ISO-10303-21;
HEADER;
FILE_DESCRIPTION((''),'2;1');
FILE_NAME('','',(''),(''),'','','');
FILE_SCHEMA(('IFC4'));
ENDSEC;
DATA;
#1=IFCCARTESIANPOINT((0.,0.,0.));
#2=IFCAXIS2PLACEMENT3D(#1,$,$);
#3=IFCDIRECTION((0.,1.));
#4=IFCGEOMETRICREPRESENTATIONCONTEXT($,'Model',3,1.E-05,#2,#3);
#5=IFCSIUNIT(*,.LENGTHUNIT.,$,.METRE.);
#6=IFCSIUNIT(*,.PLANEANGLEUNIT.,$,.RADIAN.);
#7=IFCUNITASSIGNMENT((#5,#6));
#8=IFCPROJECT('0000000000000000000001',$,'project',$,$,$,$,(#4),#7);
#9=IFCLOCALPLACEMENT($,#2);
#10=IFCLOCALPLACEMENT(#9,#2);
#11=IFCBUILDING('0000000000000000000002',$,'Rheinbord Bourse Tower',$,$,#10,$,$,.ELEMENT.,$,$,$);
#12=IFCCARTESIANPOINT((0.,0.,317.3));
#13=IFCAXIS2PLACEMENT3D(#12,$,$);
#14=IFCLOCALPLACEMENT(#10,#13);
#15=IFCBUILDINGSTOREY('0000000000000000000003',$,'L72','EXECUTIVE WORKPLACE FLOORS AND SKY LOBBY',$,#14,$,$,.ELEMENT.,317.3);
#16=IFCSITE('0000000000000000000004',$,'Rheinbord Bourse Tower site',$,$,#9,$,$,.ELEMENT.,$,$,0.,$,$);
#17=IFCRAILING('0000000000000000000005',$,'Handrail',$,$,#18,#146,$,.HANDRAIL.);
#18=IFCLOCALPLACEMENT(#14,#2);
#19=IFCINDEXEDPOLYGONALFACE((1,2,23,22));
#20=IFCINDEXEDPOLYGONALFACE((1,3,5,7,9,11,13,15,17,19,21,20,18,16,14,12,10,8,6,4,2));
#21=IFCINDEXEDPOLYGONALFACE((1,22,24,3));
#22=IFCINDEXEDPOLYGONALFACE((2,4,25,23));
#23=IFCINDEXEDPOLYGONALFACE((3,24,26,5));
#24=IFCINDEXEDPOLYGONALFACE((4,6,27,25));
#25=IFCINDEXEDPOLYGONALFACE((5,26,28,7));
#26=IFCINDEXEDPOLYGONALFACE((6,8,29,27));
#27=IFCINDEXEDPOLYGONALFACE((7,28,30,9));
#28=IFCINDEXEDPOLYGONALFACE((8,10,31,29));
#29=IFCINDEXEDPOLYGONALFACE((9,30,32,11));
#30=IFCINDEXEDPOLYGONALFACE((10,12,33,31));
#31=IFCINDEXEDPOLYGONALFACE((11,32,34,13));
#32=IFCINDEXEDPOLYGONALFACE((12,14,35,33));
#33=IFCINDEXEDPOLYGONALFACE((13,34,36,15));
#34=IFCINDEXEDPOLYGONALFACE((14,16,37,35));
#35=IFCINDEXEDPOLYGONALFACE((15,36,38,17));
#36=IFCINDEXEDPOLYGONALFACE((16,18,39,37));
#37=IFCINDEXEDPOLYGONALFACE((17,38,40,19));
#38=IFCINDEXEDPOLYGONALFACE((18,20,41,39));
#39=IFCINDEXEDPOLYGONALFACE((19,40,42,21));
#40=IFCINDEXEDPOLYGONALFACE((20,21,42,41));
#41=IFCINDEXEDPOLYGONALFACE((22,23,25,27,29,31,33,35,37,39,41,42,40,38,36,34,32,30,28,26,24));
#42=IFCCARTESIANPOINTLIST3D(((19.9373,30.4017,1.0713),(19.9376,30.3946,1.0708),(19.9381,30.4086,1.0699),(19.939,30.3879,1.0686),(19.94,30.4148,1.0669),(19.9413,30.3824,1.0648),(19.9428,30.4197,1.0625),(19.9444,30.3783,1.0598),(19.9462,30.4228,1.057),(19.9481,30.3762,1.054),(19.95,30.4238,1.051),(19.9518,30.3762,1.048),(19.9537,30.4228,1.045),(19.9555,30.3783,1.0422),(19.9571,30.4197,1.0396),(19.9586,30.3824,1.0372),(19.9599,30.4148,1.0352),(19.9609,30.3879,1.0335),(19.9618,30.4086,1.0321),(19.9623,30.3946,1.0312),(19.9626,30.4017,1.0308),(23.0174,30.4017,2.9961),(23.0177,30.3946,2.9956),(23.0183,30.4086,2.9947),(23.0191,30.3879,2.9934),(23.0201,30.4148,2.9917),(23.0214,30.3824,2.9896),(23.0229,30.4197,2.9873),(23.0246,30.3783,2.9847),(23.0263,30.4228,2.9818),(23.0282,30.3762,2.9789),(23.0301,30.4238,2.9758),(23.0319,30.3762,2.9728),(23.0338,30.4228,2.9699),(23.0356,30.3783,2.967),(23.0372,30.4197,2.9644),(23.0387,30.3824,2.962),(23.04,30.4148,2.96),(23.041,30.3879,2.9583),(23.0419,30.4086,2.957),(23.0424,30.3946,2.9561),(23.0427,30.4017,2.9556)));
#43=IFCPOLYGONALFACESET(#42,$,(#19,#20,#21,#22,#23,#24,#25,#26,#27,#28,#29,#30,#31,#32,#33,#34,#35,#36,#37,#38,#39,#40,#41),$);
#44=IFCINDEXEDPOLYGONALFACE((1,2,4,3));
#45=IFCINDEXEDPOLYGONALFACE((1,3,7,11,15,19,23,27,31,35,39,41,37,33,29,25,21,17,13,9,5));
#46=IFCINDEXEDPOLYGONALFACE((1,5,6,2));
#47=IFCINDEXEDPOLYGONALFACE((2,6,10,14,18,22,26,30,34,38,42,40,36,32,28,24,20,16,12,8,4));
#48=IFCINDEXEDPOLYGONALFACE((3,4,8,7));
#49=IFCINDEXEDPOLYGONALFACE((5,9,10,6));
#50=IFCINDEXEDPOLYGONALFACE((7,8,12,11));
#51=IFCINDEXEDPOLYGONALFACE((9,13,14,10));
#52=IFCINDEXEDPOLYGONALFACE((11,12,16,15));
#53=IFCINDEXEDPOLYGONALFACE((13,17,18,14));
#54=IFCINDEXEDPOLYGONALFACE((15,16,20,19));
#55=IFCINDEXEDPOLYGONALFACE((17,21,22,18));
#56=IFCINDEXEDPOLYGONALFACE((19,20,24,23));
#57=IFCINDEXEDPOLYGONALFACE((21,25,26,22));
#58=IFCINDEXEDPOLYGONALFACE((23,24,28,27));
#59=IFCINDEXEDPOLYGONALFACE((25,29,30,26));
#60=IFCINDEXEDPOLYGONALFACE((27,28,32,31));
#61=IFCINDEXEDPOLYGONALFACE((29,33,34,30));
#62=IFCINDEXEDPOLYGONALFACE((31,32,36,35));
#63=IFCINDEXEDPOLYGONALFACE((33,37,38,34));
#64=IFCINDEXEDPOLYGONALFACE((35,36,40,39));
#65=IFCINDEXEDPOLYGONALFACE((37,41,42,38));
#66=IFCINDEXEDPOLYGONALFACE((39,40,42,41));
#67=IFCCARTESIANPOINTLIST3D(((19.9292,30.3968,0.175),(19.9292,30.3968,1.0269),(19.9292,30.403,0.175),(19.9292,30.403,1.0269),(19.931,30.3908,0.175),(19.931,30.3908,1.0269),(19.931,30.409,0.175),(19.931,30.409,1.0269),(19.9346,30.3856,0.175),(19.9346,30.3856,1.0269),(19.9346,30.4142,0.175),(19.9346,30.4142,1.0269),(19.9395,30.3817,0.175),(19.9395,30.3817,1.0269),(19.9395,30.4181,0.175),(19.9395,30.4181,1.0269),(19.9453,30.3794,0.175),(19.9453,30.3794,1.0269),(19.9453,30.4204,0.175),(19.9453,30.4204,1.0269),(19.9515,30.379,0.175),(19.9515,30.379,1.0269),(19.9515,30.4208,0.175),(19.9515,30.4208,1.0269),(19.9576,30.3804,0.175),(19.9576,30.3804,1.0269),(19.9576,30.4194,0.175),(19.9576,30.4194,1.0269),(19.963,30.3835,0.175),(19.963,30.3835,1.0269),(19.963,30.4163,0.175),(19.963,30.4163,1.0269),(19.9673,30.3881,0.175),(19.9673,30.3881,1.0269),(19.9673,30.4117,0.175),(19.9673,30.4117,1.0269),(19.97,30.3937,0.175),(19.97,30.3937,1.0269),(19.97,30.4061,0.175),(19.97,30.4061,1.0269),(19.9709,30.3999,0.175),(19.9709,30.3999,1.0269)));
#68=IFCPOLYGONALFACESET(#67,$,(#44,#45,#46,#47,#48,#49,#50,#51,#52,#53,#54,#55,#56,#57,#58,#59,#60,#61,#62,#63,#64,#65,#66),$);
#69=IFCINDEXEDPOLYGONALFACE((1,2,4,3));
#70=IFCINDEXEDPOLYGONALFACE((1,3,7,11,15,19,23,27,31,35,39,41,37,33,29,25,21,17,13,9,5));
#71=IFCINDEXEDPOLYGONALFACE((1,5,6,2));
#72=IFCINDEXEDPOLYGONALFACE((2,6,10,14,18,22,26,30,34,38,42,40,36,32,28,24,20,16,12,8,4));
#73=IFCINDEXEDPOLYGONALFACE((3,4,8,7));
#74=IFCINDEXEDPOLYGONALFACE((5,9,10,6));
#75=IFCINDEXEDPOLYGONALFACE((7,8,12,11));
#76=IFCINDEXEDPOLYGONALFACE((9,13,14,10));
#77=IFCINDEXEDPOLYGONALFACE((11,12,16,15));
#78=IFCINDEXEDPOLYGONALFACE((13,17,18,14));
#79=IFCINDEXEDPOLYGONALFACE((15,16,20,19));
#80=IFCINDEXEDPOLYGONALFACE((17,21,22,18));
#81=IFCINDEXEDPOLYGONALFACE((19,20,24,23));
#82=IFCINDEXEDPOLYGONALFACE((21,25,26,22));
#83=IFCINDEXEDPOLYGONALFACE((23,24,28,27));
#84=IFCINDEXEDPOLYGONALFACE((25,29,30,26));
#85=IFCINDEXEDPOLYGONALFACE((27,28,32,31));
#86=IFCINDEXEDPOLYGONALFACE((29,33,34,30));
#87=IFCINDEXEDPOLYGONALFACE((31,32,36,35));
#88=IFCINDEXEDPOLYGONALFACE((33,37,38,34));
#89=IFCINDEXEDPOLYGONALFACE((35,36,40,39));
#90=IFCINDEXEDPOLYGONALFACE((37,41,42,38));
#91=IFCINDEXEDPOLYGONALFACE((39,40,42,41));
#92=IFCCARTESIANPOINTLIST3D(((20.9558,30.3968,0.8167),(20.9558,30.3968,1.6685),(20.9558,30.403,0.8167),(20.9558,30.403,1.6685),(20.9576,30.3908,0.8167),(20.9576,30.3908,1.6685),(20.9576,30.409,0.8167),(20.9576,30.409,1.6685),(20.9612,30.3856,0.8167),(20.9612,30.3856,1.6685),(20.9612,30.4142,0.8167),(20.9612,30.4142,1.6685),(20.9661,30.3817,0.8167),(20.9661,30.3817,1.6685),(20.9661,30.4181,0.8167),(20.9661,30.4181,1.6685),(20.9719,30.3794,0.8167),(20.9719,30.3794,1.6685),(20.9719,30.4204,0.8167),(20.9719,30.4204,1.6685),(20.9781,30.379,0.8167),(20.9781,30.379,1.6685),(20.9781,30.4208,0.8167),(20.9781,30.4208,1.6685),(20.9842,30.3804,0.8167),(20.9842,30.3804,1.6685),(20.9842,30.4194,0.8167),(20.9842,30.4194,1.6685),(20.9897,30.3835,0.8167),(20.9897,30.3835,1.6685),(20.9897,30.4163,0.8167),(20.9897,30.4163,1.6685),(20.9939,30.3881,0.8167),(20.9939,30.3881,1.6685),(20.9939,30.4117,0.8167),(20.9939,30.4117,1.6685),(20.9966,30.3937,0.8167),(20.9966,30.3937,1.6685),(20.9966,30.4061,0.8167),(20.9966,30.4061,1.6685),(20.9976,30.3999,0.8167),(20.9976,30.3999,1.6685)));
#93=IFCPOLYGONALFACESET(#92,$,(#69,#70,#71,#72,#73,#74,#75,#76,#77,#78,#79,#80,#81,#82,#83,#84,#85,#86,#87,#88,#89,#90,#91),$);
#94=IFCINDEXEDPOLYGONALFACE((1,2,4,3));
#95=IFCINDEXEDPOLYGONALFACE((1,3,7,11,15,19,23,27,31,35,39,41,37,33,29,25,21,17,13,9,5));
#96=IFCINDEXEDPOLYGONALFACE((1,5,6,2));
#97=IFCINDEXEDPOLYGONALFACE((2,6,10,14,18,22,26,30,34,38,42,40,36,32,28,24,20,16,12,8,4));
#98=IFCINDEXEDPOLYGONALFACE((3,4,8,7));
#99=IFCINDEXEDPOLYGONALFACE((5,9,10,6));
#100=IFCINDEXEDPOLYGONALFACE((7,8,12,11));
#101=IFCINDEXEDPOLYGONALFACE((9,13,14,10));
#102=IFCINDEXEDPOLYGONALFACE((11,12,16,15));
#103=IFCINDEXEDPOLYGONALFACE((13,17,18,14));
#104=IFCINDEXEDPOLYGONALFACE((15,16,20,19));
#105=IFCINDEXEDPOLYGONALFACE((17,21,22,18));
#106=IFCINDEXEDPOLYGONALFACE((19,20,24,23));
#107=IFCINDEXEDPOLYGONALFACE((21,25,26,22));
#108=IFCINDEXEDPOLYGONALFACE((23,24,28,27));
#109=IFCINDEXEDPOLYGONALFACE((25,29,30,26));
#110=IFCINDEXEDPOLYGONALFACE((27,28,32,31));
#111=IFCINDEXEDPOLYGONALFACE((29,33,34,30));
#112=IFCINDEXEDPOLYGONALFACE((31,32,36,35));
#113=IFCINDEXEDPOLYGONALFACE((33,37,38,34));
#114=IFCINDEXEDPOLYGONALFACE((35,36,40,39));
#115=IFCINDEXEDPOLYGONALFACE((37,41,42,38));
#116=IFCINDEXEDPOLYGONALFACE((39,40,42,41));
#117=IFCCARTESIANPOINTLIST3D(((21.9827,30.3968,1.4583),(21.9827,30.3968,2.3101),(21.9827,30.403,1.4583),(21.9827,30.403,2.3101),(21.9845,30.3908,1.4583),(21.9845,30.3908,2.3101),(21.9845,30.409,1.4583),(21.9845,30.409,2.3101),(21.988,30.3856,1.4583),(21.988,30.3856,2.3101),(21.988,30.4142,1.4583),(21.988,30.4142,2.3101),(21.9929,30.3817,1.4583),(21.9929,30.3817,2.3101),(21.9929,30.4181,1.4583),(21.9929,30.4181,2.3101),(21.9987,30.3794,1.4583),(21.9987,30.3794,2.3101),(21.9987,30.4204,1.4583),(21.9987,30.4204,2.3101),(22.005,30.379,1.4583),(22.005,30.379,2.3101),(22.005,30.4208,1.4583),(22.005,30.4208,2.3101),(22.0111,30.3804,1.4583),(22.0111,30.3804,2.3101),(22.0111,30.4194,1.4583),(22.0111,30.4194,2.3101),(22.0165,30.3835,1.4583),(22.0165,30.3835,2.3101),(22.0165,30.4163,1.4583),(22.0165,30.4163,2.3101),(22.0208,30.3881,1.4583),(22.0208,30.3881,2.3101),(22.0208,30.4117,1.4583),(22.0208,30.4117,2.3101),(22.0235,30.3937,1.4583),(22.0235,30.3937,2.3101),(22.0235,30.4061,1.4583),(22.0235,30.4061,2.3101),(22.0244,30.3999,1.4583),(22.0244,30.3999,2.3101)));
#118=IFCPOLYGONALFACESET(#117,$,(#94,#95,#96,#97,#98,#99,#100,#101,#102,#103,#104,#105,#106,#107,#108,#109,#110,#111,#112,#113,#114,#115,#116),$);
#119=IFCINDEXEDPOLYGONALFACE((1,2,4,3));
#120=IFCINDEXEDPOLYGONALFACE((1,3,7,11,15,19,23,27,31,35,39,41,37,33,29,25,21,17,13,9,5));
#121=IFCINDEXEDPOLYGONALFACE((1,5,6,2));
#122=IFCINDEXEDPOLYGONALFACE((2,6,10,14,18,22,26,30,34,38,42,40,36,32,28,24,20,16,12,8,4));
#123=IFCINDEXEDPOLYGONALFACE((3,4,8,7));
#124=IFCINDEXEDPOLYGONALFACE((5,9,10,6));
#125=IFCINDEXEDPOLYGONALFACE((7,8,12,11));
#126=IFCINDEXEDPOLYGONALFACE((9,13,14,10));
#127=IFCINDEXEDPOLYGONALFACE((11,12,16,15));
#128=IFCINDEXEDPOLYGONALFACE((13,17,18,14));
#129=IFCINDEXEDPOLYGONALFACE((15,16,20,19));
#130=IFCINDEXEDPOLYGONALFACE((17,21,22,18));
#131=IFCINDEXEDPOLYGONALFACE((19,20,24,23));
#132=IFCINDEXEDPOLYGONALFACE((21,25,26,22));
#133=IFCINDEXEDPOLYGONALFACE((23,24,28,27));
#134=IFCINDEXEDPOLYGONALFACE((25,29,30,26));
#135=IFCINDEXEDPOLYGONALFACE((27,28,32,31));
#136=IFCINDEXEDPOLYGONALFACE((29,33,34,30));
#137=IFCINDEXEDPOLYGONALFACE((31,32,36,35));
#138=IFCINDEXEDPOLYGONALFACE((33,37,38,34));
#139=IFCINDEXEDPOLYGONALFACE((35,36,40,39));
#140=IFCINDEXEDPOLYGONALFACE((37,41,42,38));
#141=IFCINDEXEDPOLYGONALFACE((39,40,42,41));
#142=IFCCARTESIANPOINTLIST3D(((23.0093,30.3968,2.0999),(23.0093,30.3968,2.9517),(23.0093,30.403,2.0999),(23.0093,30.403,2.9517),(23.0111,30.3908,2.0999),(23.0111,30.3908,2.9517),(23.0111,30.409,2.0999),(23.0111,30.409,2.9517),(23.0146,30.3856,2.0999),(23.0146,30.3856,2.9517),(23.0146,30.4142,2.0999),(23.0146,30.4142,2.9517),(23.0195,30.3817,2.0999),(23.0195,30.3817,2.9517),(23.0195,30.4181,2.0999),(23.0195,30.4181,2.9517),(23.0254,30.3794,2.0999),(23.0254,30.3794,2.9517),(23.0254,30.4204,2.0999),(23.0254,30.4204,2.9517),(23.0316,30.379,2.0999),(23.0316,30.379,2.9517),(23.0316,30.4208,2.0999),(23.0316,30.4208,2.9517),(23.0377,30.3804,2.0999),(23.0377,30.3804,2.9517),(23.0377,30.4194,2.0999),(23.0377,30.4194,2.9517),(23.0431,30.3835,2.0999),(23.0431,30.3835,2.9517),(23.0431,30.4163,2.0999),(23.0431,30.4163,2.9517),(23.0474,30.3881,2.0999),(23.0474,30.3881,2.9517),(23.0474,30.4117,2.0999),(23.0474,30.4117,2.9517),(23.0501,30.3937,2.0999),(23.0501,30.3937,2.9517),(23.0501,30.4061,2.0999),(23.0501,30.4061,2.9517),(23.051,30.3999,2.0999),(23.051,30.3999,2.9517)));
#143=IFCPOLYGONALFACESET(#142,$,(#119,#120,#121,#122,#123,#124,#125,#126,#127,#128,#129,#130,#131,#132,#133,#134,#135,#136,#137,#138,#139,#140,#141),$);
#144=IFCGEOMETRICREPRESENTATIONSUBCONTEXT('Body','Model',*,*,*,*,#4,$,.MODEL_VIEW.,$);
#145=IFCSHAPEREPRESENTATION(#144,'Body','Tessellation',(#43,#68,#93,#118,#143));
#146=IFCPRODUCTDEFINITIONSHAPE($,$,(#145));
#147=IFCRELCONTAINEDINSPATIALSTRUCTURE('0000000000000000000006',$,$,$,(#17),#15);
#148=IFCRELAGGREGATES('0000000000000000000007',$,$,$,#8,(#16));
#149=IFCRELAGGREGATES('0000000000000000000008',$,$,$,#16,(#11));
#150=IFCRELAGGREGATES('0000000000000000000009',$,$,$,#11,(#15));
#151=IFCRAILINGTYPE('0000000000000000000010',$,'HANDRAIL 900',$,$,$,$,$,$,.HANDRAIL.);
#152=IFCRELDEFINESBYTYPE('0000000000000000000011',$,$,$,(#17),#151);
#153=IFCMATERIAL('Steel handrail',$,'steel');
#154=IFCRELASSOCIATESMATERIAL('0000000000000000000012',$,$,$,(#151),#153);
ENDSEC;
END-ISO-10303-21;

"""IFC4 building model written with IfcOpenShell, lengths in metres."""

from ifc_helpers import new_model, si_unit, direction, frame, origin, origin_2d, place, context, subcontext, project, spatial, circle, extrude, material, type_object, element, save


model = new_model("IFC4")

# Units and contexts
model_context = context("Model", 3, precision=1e-05, world=origin(), true_north=direction((0.0, 1.0)))
body_context = subcontext(model_context, "Body", "Model", "MODEL_VIEW")
ifc_project = project(units=[si_unit("LENGTHUNIT", "METRE"), si_unit("PLANEANGLEUNIT", "RADIAN")], contexts=[model_context])

# Site, building, storey
site_placement = place(None, origin())
site = spatial("IfcSite", under=ifc_project, at=site_placement, Name="Rheinbord Bourse Tower site", CompositionType="ELEMENT", RefElevation=0.0)
building_placement = place(site_placement, origin())
building = spatial("IfcBuilding", under=site, at=building_placement, Name="Rheinbord Bourse Tower", CompositionType="ELEMENT")
storey_placement = place(building_placement, frame((0.0, 0.0, 317.3)))
storey = spatial("IfcBuildingStorey", under=building, at=storey_placement, Name="L72", Description="EXECUTIVE WORKPLACE FLOORS AND SKY LOBBY", CompositionType="ELEMENT", Elevation=317.3)

# Railing
ifc_material_1 = material(Name="Steel handrail", Category="steel")
railing_type = type_object("IfcRailingType", Name="HANDRAIL 900", PredefinedType="HANDRAIL", material=ifc_material_1)
railing_1_placement = place(storey_placement, frame((19.95, 30.3999, 0.175)))
element("IfcRailing", 1, at=railing_1_placement, inside=storey, type_object=railing_type, Name="Handrail", PredefinedType="HANDRAIL", context=body_context, shape_type="SweptSolid", body=[
    extrude(circle(Radius=0.0239, at=origin_2d()), frame((0.0, 0.0, 0.876), z_axis=(0.848029, 0.0, 0.529951), x_axis=(0.0, 1.0, 0.0)), (0.0, 0.0, 1.0), 3.6321),
    extrude(circle(Radius=0.021, at=origin_2d()), origin(), (0.0, 0.0, 1.0), 0.8518),
    extrude(circle(Radius=0.021, at=origin_2d()), frame((1.0266, 0.0, 0.6416)), (0.0, 0.0, 1.0), 0.8518),
    extrude(circle(Radius=0.021, at=origin_2d()), frame((2.0535, 0.0, 1.2832)), (0.0, 0.0, 1.0), 0.8518),
    extrude(circle(Radius=0.021, at=origin_2d()), frame((3.0801, 0.0, 1.9248)), (0.0, 0.0, 1.0), 0.8518),
])

save(model, "model.ifc")
